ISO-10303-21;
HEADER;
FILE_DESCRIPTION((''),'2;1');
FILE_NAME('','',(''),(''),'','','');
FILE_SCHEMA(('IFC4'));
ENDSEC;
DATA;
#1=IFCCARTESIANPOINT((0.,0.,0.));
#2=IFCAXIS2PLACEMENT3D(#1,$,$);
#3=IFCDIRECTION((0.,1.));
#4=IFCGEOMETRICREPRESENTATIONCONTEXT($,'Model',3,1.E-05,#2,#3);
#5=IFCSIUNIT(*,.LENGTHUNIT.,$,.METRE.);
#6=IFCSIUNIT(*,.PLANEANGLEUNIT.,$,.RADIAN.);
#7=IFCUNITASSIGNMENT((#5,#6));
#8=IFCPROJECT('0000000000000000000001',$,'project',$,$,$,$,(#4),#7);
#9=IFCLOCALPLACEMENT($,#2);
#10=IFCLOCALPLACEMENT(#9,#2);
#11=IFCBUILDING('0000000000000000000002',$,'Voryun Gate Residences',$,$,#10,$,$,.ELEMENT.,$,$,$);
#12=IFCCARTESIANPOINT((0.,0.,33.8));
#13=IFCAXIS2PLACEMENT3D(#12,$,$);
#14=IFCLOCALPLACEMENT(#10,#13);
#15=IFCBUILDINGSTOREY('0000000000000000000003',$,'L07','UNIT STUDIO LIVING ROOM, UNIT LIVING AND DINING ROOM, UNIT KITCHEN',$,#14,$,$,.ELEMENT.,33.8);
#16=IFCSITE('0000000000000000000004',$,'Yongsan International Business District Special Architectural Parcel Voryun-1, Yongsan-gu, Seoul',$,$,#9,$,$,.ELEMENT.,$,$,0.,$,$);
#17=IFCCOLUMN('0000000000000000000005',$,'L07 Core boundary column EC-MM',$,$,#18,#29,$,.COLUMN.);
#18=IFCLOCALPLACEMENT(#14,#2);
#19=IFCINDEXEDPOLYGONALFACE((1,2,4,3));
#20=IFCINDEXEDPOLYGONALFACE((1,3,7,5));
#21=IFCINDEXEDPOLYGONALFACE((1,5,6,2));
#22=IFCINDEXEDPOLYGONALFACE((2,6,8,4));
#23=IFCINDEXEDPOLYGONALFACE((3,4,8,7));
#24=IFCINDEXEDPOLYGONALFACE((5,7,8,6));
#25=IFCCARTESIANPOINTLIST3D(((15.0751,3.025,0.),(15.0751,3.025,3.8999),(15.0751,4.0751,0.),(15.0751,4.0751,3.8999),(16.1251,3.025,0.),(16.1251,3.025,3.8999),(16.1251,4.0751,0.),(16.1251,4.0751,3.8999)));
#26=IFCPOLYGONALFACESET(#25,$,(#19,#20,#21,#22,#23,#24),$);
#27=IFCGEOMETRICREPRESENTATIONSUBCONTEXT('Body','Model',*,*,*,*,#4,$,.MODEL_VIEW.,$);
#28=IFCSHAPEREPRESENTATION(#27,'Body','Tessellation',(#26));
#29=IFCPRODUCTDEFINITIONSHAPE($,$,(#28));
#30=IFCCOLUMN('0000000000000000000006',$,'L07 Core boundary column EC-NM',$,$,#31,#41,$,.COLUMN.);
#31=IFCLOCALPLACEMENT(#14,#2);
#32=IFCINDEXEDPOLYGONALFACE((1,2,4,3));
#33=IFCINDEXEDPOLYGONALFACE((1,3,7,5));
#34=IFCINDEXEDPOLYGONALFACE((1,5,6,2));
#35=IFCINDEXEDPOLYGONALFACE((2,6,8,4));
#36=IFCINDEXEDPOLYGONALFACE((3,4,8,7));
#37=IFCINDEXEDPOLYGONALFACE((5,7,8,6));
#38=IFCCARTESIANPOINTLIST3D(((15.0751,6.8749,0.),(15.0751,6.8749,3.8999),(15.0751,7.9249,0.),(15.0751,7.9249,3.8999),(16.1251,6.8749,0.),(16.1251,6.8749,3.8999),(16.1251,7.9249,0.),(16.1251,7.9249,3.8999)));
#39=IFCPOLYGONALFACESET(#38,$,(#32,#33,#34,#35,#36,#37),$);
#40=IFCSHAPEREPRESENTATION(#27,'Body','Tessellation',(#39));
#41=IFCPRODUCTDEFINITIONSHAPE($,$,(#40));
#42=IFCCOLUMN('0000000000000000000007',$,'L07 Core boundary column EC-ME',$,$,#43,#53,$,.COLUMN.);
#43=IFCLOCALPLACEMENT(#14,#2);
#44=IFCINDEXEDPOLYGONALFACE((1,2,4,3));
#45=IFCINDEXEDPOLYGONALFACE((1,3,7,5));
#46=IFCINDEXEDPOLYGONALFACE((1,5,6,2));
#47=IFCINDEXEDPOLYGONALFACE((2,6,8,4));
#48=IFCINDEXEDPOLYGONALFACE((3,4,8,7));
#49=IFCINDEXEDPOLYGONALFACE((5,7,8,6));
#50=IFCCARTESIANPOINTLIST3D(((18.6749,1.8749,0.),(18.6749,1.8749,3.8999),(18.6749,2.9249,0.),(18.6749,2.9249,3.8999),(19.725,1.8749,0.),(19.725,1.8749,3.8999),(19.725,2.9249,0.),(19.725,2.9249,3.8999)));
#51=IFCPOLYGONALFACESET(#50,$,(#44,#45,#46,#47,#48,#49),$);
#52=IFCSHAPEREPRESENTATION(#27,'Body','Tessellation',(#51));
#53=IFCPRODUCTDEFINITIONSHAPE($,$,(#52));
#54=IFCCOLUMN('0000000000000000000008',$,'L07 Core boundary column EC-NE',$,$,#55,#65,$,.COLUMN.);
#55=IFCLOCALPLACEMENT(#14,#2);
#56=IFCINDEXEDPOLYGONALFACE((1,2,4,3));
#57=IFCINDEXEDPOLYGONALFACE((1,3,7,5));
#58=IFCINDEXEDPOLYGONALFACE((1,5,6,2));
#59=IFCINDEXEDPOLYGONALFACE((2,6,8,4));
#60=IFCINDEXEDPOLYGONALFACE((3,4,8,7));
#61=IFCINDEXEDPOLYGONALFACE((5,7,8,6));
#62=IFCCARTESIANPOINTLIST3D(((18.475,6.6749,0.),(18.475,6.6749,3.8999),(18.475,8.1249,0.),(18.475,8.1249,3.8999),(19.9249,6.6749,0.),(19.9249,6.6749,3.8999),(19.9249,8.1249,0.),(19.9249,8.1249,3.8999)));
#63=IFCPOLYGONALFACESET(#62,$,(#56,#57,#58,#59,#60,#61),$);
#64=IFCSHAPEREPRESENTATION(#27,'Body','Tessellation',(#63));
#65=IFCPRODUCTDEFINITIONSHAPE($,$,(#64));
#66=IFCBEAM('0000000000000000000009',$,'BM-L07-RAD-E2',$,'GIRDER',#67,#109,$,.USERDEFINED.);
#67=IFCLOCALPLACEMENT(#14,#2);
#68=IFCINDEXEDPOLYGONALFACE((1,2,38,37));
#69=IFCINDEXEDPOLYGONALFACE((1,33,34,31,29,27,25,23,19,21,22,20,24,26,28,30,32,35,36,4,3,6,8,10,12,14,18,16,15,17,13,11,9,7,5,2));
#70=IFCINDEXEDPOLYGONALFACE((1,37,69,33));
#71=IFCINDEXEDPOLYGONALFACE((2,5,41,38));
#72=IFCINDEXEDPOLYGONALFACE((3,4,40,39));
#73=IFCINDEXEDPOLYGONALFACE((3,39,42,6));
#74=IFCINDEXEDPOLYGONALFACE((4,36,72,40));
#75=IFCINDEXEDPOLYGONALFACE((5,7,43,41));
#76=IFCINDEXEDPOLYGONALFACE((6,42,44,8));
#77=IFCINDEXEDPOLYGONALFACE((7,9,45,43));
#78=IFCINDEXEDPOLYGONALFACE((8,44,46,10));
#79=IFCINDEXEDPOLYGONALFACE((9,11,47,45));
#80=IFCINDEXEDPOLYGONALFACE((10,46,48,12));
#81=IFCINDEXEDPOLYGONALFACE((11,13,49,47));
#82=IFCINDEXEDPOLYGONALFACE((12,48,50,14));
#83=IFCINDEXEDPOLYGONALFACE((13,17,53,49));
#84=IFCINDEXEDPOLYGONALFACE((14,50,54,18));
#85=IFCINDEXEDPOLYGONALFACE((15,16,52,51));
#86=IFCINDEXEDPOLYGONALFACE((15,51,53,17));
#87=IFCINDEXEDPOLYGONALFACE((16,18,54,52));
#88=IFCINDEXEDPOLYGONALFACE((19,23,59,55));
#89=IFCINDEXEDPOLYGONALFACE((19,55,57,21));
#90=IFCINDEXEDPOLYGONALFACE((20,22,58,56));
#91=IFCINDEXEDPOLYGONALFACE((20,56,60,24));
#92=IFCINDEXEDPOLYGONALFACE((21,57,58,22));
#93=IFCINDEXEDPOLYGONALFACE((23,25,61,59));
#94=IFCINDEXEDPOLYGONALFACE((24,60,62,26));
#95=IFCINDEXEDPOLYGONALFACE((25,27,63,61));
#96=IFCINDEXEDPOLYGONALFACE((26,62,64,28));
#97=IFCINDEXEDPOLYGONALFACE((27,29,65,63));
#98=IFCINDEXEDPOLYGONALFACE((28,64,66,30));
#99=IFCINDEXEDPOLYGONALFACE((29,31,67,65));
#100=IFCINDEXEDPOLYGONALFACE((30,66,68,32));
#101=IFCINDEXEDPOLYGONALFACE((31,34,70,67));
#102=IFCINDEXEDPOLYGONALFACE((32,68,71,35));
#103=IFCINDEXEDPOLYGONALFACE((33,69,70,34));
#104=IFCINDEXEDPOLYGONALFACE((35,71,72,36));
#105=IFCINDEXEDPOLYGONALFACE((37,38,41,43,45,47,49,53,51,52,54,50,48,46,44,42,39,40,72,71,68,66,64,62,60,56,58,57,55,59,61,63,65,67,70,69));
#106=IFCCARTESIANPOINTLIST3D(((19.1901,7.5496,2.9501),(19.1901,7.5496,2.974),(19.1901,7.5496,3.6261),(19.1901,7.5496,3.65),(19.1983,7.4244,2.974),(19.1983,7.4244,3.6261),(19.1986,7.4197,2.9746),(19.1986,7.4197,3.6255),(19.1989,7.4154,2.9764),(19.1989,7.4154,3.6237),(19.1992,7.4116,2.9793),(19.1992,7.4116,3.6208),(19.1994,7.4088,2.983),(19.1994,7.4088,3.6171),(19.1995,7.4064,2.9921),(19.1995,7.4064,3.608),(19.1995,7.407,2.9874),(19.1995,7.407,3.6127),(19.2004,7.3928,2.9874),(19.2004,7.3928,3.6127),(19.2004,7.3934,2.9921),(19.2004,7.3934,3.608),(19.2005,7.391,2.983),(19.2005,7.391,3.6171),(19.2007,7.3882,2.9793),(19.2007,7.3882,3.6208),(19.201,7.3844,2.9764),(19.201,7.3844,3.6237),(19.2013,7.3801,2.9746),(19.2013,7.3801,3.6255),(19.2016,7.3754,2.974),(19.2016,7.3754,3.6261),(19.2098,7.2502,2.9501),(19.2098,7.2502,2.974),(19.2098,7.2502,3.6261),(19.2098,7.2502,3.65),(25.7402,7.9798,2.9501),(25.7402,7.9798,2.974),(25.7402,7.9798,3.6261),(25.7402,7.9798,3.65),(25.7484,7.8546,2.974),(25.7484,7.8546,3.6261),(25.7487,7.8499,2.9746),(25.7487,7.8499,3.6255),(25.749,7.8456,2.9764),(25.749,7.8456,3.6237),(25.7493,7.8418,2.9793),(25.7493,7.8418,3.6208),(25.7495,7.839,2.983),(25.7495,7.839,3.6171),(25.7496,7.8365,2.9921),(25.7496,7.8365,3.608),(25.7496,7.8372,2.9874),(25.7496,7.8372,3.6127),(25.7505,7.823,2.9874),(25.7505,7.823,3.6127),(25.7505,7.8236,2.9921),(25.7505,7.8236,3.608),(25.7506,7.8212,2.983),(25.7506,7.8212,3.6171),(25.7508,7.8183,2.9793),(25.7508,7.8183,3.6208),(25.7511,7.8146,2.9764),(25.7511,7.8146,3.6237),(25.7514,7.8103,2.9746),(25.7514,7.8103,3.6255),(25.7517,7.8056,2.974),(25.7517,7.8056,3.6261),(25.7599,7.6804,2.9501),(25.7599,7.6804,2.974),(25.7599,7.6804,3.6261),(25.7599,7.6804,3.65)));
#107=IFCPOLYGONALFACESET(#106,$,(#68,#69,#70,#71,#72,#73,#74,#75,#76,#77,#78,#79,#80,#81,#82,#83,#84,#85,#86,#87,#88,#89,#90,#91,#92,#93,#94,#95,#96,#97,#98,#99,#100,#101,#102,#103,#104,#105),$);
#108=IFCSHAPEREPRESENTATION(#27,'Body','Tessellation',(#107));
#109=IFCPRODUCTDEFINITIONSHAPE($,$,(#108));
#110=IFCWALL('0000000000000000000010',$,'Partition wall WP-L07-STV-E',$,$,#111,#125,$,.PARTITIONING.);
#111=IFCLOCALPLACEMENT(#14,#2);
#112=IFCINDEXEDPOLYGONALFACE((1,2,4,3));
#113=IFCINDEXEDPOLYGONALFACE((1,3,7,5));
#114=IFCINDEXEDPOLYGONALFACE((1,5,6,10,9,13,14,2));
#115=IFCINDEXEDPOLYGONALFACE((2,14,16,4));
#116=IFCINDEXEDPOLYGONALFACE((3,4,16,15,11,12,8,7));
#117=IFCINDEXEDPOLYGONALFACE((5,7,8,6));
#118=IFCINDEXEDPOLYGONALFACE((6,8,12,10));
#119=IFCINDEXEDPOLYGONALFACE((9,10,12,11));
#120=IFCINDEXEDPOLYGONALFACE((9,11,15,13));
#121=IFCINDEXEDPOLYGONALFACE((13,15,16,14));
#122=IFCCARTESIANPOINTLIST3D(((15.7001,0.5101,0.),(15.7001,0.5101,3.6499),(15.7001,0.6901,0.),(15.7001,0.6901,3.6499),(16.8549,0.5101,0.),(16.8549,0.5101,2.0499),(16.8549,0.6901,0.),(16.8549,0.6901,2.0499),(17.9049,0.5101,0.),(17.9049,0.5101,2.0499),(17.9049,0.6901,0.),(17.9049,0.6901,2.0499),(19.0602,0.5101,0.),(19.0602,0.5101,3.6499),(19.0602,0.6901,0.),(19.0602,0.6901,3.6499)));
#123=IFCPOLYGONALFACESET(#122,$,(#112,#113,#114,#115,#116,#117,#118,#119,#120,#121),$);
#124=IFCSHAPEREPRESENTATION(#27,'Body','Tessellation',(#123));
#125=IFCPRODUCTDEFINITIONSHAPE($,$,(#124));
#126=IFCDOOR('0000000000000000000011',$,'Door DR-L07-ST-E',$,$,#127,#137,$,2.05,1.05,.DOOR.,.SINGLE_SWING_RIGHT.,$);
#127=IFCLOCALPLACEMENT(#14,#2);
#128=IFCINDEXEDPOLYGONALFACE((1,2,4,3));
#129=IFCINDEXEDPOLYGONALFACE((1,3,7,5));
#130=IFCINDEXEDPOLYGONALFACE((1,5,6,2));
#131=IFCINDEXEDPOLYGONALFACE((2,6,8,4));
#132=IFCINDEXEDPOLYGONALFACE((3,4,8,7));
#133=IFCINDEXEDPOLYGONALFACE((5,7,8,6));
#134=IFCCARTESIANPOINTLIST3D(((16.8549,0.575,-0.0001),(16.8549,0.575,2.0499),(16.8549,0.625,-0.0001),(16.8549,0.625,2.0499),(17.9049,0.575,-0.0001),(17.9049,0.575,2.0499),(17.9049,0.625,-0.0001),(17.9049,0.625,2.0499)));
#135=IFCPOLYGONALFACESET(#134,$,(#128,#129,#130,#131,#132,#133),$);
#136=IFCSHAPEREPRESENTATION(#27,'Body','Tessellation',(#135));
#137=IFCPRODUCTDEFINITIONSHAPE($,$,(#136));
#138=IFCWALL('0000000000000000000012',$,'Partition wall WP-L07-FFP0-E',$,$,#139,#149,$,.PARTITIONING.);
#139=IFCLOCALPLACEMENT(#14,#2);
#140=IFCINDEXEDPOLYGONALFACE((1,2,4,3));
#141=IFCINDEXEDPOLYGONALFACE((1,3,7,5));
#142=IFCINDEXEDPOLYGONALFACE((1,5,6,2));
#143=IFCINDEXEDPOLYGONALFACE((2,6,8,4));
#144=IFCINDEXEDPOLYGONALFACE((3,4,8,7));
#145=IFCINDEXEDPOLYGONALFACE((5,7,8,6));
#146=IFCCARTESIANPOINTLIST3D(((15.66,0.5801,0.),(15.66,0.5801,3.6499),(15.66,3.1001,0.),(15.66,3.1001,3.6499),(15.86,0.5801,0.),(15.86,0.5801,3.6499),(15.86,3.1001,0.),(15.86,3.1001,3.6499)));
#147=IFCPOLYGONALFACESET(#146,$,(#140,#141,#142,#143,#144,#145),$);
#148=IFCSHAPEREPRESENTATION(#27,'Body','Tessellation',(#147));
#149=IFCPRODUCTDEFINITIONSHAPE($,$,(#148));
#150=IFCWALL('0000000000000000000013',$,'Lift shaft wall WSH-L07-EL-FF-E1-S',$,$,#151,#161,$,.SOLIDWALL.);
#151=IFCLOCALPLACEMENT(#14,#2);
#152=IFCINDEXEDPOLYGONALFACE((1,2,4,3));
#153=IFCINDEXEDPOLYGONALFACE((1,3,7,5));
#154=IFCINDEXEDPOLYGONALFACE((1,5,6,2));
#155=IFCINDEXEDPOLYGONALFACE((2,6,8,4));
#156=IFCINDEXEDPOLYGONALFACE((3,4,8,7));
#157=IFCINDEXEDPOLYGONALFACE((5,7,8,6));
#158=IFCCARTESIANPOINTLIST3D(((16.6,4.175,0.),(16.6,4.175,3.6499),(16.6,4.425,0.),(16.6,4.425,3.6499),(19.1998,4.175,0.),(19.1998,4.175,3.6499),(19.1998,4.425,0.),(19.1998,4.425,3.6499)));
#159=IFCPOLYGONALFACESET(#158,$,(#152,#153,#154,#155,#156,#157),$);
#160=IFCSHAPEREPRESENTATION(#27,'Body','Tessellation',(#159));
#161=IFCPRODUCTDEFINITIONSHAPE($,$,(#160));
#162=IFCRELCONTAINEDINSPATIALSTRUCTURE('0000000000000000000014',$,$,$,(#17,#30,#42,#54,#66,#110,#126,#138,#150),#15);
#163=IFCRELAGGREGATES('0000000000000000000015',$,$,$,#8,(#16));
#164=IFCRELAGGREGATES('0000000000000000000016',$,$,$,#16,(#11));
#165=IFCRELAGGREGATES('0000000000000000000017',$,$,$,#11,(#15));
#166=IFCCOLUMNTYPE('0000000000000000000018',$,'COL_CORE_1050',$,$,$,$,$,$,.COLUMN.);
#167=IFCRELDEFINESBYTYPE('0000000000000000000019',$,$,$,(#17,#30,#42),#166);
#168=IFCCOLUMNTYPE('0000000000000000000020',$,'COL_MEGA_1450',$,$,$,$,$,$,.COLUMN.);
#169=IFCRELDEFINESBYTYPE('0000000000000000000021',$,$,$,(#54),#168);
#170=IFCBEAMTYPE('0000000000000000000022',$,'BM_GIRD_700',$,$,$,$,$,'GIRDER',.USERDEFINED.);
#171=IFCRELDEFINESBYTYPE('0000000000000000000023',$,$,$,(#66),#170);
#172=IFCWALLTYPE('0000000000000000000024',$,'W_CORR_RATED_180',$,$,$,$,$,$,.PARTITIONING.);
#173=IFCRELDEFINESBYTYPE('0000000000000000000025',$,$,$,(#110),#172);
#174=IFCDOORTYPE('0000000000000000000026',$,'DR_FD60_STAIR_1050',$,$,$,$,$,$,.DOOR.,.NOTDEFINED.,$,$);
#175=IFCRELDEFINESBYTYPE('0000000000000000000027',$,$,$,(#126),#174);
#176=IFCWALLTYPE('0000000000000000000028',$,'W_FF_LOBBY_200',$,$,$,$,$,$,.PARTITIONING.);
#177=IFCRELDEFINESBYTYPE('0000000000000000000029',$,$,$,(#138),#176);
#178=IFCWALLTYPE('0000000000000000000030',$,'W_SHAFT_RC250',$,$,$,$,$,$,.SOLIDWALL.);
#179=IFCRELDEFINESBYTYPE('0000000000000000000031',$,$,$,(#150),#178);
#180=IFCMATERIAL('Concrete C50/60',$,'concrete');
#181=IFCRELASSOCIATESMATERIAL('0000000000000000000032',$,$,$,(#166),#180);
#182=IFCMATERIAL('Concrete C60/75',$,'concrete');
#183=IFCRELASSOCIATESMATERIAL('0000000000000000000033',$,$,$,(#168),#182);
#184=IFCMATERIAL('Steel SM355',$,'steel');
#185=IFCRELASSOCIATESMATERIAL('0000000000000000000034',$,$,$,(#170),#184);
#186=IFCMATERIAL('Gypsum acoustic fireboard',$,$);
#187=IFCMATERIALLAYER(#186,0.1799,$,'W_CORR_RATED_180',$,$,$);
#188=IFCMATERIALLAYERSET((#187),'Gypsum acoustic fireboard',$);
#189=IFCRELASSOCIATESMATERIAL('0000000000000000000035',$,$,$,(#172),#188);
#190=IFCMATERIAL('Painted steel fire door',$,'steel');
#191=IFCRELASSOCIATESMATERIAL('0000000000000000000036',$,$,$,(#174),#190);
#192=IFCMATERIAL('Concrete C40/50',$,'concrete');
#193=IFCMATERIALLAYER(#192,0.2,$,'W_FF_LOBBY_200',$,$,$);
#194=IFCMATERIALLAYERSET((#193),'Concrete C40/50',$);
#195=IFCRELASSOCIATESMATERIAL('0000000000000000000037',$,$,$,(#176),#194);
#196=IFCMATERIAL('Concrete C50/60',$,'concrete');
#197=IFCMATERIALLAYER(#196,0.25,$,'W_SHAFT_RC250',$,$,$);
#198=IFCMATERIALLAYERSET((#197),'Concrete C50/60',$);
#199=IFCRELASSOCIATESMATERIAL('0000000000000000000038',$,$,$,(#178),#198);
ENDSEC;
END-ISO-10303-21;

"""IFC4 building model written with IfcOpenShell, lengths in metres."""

from ifc_helpers import new_model, si_unit, direction, frame, frame_2d, origin, origin_2d, place, context, subcontext, project, spatial, rectangle, i_section, extrude, material, layer, layer_set, material_profile, profile_set, type_object, element, fill, save


model = new_model("IFC4")

# Units and contexts
model_context = context("Model", 3, precision=1e-05, world=origin(), true_north=direction((0.0, 1.0)))
body_context = subcontext(model_context, "Body", "Model", "MODEL_VIEW")
ifc_project = project(units=[si_unit("LENGTHUNIT", "METRE"), si_unit("PLANEANGLEUNIT", "RADIAN")], contexts=[model_context])

# Site, building, storey
site_placement = place(None, origin())
site = spatial("IfcSite", under=ifc_project, at=site_placement, Name="Yongsan International Business District Special Architectural Parcel Voryun-1, Yongsan-gu, Seoul", CompositionType="ELEMENT", RefElevation=0.0)
building_placement = place(site_placement, origin())
building = spatial("IfcBuilding", under=site, at=building_placement, Name="Voryun Gate Residences", CompositionType="ELEMENT")
storey_placement = place(building_placement, frame((0.0, 0.0, 33.8)))
storey = spatial("IfcBuildingStorey", under=building, at=storey_placement, Name="L07", Description="UNIT STUDIO LIVING ROOM, UNIT LIVING AND DINING ROOM, UNIT KITCHEN", CompositionType="ELEMENT", Elevation=33.8)

# Columns
ifc_material_1 = material(Name="Concrete C50/60", Category="concrete")
ifc_material_profile_1 = material_profile(ifc_material_1, rectangle(XDim=1.05, YDim=1.05, at=origin_2d()), Name="RC-1050x1050")
ifc_profile_set_1 = profile_set([ifc_material_profile_1], Name="Concrete C50/60")
column_type_1 = type_object("IfcColumnType", Name="COL_CORE_1050", PredefinedType="COLUMN", material=ifc_profile_set_1)
for number, where, z_axis, x_axis, name in (
    (1, (15.6001, 3.55, 0.0), (0.0, 0.0, 1.0), (1.0, 0.0, 0.0), "L07 Core boundary column EC-MM"),
    (2, (15.6001, 7.3999, 0.0), (0.0, 0.0, 1.0), (1.0, 0.0, 0.0), "L07 Core boundary column EC-NM"),
    (3, (19.2, 2.3999, 0.0), (0.0, 0.0, 1.0), (1.0, 0.0, 0.0), "L07 Core boundary column EC-ME"),
):
    element("IfcColumn", number, at=place(storey_placement, frame(where, z_axis=z_axis, x_axis=x_axis)), inside=storey, type_object=column_type_1, Name=name, PredefinedType="COLUMN", context=body_context, shape_type="SweptSolid", body=[
        extrude(rectangle(XDim=1.05, YDim=1.05, at=origin_2d()), origin(), (0.0, 0.0, 1.0), 3.8999),
    ])
ifc_material_2 = material(Name="Concrete C60/75", Category="concrete")
ifc_material_profile_2 = material_profile(ifc_material_2, rectangle(XDim=1.45, YDim=1.45, at=origin_2d()), Name="RC-1450x1450")
ifc_profile_set_2 = profile_set([ifc_material_profile_2], Name="Concrete C60/75")
column_type_2 = type_object("IfcColumnType", Name="COL_MEGA_1450", PredefinedType="COLUMN", material=ifc_profile_set_2)
column_placement = place(storey_placement, frame((19.2, 7.3999, 0.0), z_axis=(0.0, 0.0, 1.0), x_axis=(1.0, 0.0, 0.0)))
element("IfcColumn", 4, at=column_placement, inside=storey, type_object=column_type_2, Name="L07 Core boundary column EC-NE", PredefinedType="COLUMN", context=body_context, shape_type="SweptSolid", body=[
    extrude(rectangle(XDim=1.45, YDim=1.45, at=origin_2d()), origin(), (0.0, 0.0, 1.0), 3.8999),
])

# Beam
ifc_material_3 = material(Name="Steel SM355", Category="steel")
ifc_material_profile_3 = material_profile(ifc_material_3, i_section(OverallWidth=0.3, OverallDepth=0.7, WebThickness=0.0129, FlangeThickness=0.0239, FilletRadius=0.0181, at=origin_2d()), Name="H-700x300x13x24")
ifc_profile_set_3 = profile_set([ifc_material_profile_3], Name="Steel SM355")
beam_type = type_object("IfcBeamType", Name="BM_GIRD_700", ElementType="GIRDER", PredefinedType="USERDEFINED", material=ifc_profile_set_3)
beam_placement = place(storey_placement, frame((19.2, 7.3999, 3.3), z_axis=(0.99785, 0.065534, 0.0), x_axis=(-0.065534, 0.99785, 0.0)))
element("IfcBeam", 5, at=beam_placement, inside=storey, type_object=beam_type, Name="BM-L07-RAD-E2", ObjectType="GIRDER", PredefinedType="USERDEFINED", context=body_context, shape_type="SweptSolid", body=[
    extrude(i_section(OverallWidth=0.3, OverallDepth=0.7, WebThickness=0.0129, FlangeThickness=0.0239, FilletRadius=0.0181, at=origin_2d()), origin(), (0.0, 0.0, 1.0), 6.5642),
])

# Wall, opening, door
ifc_material_4 = material(Name="Gypsum acoustic fireboard")
ifc_layer_1 = layer(ifc_material_4, 0.1799, Name="W_CORR_RATED_180")
ifc_layer_set_1 = layer_set([ifc_layer_1], Name="Gypsum acoustic fireboard")
wall_type_1 = type_object("IfcWallType", Name="W_CORR_RATED_180", PredefinedType="PARTITIONING", material=ifc_layer_set_1)
wall_1_placement = place(storey_placement, frame((15.7, 0.6001, 0.0), z_axis=(0.0, 0.0, 1.0), x_axis=(1.0, 0.0, 0.0)))
wall_1 = element("IfcWall", 6, at=wall_1_placement, inside=storey, type_object=wall_type_1, Name="Partition wall WP-L07-STV-E", PredefinedType="PARTITIONING", context=body_context, shape_type="SweptSolid", body=[
    extrude(rectangle(XDim=3.3601, YDim=0.1799, at=frame_2d((1.6802, 0.0))), origin(), (0.0, 0.0, 1.0), 3.6499),
])
opening_1_placement = place(wall_1_placement, frame((1.155, 0.0, 0.0)))
opening_1 = element("IfcOpeningElement", 7, at=opening_1_placement, cuts=wall_1, PredefinedType="OPENING", context=body_context, shape_type="SweptSolid", body=[
    extrude(rectangle(XDim=1.05, YDim=2.05, at=frame_2d((0.5249, 1.0249))), frame((0.0, 0.0999, 0.0), z_axis=(0.0, -1.0, 0.0), x_axis=(1.0, 0.0, 0.0)), (0.0, 0.0, 1.0), 0.2),
])
ifc_material_5 = material(Name="Painted steel fire door", Category="steel")
door_type_1 = type_object("IfcDoorType", Name="DR_FD60_STAIR_1050", OperationType="NOTDEFINED", PredefinedType="DOOR", material=ifc_material_5)
door_1_placement = place(opening_1_placement, origin())
door_1 = element("IfcDoor", 8, at=door_1_placement, inside=storey, type_object=door_type_1, Name="Door DR-L07-ST-E", OperationType="SINGLE_SWING_RIGHT", OverallHeight=2.05, OverallWidth=1.05, PredefinedType="DOOR", context=body_context, shape_type="SweptSolid", body=[
    extrude(rectangle(XDim=1.05, YDim=2.05, at=frame_2d((0.5249, 1.0249))), frame((0.0, 0.0249, 0.0), z_axis=(0.0, -1.0, 0.0), x_axis=(1.0, 0.0, 0.0)), (0.0, 0.0, 1.0), 0.05),
])
fill(opening_1, door_1)

# Walls
ifc_material_6 = material(Name="Concrete C40/50", Category="concrete")
ifc_layer_2 = layer(ifc_material_6, 0.2, Name="W_FF_LOBBY_200")
ifc_layer_set_2 = layer_set([ifc_layer_2], Name="Concrete C40/50")
wall_type_2 = type_object("IfcWallType", Name="W_FF_LOBBY_200", PredefinedType="PARTITIONING", material=ifc_layer_set_2)
wall_2_placement = place(storey_placement, frame((15.76, 0.5801, 0.0), z_axis=(0.0, 0.0, 1.0), x_axis=(0.0, 1.0, 0.0)))
element("IfcWall", 9, at=wall_2_placement, inside=storey, type_object=wall_type_2, Name="Partition wall WP-L07-FFP0-E", PredefinedType="PARTITIONING", context=body_context, shape_type="SweptSolid", body=[
    extrude(rectangle(XDim=2.52, YDim=0.2, at=frame_2d((1.26, 0.0))), origin(), (0.0, 0.0, 1.0), 3.6499),
])
ifc_material_7 = material(Name="Concrete C50/60", Category="concrete")
ifc_layer_3 = layer(ifc_material_7, 0.25, Name="W_SHAFT_RC250")
ifc_layer_set_3 = layer_set([ifc_layer_3], Name="Concrete C50/60")
wall_type_3 = type_object("IfcWallType", Name="W_SHAFT_RC250", PredefinedType="SOLIDWALL", material=ifc_layer_set_3)
wall_3_placement = place(storey_placement, frame((16.6001, 4.3, 0.0), z_axis=(0.0, 0.0, 1.0), x_axis=(1.0, 0.0, 0.0)))
element("IfcWall", 10, at=wall_3_placement, inside=storey, type_object=wall_type_3, Name="Lift shaft wall WSH-L07-EL-FF-E1-S", PredefinedType="SOLIDWALL", context=body_context, shape_type="SweptSolid", body=[
    extrude(rectangle(XDim=2.5999, YDim=0.25, at=frame_2d((1.2998, 0.0))), origin(), (0.0, 0.0, 1.0), 3.6499),
])

save(model, "model.ifc")
